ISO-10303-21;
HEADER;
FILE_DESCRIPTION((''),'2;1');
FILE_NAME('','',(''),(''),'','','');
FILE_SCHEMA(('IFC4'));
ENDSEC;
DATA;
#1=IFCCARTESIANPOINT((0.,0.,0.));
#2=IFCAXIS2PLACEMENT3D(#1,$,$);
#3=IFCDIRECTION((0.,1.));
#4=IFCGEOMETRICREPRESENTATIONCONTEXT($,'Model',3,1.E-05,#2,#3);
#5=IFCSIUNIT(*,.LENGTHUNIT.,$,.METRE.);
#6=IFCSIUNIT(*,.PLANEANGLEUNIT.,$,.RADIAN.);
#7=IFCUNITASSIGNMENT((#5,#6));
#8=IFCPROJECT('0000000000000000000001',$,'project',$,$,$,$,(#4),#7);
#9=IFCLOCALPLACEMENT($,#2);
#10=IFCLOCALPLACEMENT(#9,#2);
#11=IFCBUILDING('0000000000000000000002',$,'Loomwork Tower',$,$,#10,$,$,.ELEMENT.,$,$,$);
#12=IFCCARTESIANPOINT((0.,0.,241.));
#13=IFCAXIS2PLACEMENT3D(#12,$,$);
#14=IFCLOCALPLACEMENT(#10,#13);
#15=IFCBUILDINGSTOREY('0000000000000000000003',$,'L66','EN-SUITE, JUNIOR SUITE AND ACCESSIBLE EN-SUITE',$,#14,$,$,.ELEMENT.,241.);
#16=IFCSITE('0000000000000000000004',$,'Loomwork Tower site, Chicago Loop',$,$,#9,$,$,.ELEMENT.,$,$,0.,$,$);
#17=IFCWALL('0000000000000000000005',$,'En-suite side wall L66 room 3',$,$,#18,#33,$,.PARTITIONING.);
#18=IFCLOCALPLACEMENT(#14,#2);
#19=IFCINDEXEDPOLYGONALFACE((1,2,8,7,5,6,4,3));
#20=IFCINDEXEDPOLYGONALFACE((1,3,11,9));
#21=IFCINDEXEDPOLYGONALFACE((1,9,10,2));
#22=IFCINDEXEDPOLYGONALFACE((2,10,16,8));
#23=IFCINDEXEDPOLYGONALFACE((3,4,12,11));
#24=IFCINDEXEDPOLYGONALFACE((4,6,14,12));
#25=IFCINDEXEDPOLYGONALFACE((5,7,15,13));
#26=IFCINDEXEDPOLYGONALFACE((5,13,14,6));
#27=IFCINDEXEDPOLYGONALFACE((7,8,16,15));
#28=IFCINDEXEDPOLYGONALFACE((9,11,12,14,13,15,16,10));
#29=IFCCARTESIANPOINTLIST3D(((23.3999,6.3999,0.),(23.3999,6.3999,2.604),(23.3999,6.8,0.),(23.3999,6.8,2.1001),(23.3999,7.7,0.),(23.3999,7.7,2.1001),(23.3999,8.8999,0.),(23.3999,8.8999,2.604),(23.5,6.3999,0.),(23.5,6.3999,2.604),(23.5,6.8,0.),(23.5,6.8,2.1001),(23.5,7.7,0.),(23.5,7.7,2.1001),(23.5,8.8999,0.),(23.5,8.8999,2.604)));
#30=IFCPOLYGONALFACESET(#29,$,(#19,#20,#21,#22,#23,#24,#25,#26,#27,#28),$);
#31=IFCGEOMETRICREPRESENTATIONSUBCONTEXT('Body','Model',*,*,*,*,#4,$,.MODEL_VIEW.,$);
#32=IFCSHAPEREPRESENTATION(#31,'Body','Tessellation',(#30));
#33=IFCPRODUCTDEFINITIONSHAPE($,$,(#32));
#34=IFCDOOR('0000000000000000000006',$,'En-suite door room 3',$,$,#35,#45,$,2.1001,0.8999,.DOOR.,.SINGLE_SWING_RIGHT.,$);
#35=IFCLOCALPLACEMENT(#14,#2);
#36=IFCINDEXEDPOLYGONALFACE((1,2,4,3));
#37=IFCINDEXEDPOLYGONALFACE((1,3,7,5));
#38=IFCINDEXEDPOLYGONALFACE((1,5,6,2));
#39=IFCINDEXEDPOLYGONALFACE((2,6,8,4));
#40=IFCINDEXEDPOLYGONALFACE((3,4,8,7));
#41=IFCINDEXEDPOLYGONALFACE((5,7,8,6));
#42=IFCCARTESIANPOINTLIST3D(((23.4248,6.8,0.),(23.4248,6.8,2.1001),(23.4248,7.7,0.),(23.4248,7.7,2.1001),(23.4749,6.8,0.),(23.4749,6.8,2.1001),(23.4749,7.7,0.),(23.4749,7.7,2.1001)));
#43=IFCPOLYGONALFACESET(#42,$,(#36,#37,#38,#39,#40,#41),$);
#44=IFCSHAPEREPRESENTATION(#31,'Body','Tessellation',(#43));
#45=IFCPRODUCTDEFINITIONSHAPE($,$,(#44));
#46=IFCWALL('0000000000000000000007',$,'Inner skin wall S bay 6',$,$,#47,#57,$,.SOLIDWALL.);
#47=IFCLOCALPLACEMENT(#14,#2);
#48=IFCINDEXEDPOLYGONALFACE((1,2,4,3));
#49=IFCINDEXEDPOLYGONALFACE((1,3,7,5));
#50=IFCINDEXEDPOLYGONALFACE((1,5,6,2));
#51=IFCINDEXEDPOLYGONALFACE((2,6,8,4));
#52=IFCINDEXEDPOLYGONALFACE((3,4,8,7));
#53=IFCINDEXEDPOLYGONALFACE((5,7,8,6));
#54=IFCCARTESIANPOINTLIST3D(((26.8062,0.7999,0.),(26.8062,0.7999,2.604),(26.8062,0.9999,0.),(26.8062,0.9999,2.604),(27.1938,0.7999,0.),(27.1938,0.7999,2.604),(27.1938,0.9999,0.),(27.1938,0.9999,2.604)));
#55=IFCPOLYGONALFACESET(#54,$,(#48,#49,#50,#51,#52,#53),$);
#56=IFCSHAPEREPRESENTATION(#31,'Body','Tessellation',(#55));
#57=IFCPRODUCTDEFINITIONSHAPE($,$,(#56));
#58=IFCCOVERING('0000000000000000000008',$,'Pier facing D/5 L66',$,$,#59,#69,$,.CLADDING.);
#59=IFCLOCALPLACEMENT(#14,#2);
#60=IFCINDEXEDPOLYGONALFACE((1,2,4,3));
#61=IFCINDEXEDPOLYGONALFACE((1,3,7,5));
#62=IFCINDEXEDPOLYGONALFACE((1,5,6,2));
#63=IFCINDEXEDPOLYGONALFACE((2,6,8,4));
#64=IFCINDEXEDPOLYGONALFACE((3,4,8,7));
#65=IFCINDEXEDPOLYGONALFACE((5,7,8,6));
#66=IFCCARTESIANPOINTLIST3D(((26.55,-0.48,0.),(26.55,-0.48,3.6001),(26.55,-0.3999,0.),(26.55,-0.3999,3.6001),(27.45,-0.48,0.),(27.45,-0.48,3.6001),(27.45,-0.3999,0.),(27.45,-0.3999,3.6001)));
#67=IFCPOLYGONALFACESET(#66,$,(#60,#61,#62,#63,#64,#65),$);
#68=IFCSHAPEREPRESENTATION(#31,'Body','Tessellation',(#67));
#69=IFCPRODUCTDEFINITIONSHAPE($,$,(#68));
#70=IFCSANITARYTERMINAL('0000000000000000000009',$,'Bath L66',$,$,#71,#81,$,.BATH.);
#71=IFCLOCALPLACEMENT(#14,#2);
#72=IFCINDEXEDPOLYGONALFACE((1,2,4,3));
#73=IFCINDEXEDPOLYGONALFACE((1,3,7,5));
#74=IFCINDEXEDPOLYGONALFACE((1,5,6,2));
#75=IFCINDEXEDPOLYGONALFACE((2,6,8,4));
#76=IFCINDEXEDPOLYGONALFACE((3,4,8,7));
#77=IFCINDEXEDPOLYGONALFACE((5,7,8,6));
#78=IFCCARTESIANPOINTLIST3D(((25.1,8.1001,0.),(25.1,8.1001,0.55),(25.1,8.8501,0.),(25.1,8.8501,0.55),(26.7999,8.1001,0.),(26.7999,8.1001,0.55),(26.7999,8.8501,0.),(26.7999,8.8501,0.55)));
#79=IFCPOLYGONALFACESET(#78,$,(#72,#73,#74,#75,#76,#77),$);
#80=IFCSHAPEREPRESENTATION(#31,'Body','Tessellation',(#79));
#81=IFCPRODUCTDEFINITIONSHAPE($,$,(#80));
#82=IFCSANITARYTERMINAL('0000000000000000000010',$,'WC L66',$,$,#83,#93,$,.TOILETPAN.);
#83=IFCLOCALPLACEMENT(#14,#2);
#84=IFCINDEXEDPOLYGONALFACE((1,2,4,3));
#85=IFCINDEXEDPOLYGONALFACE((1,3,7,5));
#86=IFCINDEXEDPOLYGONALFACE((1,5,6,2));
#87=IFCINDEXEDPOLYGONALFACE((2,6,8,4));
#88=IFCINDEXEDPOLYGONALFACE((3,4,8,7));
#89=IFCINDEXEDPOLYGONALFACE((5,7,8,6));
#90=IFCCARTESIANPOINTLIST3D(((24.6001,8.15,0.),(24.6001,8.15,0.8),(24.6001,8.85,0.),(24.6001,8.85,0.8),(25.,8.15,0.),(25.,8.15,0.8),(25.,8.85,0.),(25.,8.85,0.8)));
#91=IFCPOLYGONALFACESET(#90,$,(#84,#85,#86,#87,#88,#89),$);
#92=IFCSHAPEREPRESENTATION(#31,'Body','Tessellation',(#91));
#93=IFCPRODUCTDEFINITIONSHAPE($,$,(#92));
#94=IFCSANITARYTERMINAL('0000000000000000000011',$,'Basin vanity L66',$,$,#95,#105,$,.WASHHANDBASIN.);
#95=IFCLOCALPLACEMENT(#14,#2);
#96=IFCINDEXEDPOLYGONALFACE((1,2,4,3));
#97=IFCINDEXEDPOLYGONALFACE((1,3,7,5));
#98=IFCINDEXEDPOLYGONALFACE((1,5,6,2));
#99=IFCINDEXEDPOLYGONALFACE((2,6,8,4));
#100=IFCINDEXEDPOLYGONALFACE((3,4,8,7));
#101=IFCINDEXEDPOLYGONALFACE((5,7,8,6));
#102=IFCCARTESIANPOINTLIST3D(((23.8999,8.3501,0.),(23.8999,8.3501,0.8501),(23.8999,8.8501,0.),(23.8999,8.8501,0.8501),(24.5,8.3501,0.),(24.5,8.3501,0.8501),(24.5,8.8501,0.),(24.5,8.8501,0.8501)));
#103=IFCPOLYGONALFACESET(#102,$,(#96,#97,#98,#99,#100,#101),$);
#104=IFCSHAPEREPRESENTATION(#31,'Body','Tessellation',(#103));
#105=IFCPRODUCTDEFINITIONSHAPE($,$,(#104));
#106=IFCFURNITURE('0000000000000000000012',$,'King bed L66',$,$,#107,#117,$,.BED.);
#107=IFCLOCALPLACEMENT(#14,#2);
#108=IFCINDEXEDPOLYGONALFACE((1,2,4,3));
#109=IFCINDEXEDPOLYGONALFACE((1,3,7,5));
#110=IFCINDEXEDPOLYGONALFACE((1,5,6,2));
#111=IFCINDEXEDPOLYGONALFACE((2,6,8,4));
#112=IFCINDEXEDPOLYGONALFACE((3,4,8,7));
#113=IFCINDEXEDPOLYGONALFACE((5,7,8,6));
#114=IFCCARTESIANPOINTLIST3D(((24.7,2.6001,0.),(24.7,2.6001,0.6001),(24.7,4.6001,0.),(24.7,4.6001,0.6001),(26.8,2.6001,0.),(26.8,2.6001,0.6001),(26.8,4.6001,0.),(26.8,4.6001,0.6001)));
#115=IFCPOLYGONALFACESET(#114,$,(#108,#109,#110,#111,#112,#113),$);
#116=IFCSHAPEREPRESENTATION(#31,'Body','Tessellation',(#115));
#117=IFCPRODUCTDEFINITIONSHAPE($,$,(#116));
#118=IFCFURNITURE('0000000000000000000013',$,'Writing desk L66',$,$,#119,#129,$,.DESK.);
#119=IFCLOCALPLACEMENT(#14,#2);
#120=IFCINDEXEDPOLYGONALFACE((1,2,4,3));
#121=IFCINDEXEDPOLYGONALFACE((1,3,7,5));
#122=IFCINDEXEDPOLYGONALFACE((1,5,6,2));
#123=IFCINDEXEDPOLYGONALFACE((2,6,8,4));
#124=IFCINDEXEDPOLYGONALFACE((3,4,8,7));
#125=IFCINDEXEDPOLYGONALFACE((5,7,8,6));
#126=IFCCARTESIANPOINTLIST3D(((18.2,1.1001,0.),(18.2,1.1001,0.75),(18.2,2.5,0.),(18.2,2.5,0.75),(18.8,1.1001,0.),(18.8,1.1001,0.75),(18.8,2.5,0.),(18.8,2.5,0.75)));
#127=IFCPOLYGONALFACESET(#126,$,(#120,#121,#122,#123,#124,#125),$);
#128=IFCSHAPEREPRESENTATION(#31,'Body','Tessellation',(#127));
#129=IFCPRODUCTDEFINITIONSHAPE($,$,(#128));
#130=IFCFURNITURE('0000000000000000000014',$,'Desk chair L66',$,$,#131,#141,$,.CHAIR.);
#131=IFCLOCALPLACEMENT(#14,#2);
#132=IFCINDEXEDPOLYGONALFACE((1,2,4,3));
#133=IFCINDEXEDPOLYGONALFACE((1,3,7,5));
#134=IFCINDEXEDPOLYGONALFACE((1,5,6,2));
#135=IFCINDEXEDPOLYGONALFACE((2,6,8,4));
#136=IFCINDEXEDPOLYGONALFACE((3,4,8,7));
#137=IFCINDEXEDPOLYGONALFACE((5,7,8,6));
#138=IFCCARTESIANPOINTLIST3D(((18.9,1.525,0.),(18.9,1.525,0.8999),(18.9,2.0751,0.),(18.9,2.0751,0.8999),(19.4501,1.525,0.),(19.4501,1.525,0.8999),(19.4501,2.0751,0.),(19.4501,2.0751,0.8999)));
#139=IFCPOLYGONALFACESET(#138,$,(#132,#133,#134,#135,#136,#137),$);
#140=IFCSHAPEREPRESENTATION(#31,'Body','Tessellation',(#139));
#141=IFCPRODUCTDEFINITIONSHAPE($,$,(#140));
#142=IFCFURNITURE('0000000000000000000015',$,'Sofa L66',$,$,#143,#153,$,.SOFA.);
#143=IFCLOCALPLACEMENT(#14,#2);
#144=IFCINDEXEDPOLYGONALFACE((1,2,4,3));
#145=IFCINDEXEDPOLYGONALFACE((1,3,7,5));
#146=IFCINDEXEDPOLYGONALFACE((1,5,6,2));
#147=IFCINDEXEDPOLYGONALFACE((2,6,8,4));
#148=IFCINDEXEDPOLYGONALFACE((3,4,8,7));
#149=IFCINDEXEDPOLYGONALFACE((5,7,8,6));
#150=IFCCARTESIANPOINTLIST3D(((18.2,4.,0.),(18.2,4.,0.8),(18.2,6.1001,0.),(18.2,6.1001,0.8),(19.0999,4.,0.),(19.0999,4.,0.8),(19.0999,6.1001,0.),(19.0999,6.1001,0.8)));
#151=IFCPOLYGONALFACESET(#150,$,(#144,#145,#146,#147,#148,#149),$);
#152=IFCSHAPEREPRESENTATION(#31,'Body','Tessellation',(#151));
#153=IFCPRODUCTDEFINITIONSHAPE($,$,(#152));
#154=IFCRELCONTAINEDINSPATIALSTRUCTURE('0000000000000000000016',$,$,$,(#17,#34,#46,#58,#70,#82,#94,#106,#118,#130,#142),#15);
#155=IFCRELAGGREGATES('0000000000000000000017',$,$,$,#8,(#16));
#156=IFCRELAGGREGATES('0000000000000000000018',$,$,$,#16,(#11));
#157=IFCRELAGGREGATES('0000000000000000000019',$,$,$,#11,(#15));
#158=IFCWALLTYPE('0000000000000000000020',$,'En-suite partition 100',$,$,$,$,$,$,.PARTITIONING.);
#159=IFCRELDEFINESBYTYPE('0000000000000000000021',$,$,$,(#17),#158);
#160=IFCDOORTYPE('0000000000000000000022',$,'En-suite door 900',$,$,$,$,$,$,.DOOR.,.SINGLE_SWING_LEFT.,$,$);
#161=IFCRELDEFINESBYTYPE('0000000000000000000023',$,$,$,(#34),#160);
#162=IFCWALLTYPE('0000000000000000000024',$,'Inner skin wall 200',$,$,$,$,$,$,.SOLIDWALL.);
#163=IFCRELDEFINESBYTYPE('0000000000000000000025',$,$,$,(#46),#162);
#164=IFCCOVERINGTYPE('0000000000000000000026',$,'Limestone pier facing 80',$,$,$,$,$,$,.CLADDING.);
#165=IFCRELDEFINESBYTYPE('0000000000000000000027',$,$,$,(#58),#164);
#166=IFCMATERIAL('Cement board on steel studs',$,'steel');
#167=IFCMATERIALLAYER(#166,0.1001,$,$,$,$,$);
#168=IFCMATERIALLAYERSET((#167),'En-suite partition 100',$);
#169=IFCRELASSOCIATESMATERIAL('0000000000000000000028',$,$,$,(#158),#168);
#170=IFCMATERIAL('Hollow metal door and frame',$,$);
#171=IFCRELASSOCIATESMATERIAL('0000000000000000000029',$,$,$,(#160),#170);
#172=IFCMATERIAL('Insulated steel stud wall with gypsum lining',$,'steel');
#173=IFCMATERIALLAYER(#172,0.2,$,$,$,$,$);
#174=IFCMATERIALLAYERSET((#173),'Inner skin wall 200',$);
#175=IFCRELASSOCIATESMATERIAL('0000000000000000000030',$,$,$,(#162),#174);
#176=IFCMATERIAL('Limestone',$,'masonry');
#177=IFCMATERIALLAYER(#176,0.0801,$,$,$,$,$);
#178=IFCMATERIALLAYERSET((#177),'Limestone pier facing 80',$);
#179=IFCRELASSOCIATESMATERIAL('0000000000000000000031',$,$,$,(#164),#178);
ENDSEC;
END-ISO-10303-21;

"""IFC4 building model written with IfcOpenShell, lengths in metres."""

from ifc_helpers import new_model, si_unit, direction, frame, frame_2d, origin, origin_2d, place, context, subcontext, project, spatial, rectangle, extrude, material, layer, layer_set, type_object, element, fill, save


model = new_model("IFC4")

# Units and contexts
model_context = context("Model", 3, precision=1e-05, world=origin(), true_north=direction((0.0, 1.0)))
body_context = subcontext(model_context, "Body", "Model", "MODEL_VIEW")
ifc_project = project(units=[si_unit("LENGTHUNIT", "METRE"), si_unit("PLANEANGLEUNIT", "RADIAN")], contexts=[model_context])

# Site, building, storey
site_placement = place(None, origin())
site = spatial("IfcSite", under=ifc_project, at=site_placement, Name="Loomwork Tower site, Chicago Loop", CompositionType="ELEMENT", RefElevation=0.0)
building_placement = place(site_placement, origin())
building = spatial("IfcBuilding", under=site, at=building_placement, Name="Loomwork Tower", CompositionType="ELEMENT")
storey_placement = place(building_placement, frame((0.0, 0.0, 241.0)))
storey = spatial("IfcBuildingStorey", under=building, at=storey_placement, Name="L66", Description="EN-SUITE, JUNIOR SUITE AND ACCESSIBLE EN-SUITE", CompositionType="ELEMENT", Elevation=241.0)

# Shared definitions
ifc_material_1 = material(Name="Cement board on steel studs", Category="steel")
ifc_layer_1 = layer(ifc_material_1, 0.1001)
ifc_layer_set_1 = layer_set([ifc_layer_1], Name="En-suite partition 100")
wall_type_1 = type_object("IfcWallType", Name="En-suite partition 100", PredefinedType="PARTITIONING", material=ifc_layer_set_1)

# Wall, opening, door
wall_1_placement = place(storey_placement, frame((23.45, 8.8999, 0.0), z_axis=(0.0, 0.0, 1.0), x_axis=(0.0, -1.0, 0.0)))
wall_1 = element("IfcWall", 1, at=wall_1_placement, inside=storey, type_object=wall_type_1, Name="En-suite side wall L66 room 3", PredefinedType="PARTITIONING", context=body_context, shape_type="SweptSolid", body=[
    extrude(rectangle(XDim=2.5, YDim=0.1001, at=frame_2d((1.25, 0.0))), origin(), (0.0, 0.0, 1.0), 2.604),
])
opening_1_placement = place(wall_1_placement, frame((1.2, 0.0, 0.0)))
opening_1 = element("IfcOpeningElement", 2, at=opening_1_placement, cuts=wall_1, PredefinedType="OPENING", context=body_context, shape_type="SweptSolid", body=[
    extrude(rectangle(XDim=0.8999, YDim=2.1001, at=frame_2d((0.45, 1.05))), frame((0.0, 0.0601, 0.0), z_axis=(0.0, -1.0, 0.0), x_axis=(1.0, 0.0, 0.0)), (0.0, 0.0, 1.0), 0.1201),
])
ifc_material_2 = material(Name="Hollow metal door and frame")
door_type_1 = type_object("IfcDoorType", Name="En-suite door 900", OperationType="SINGLE_SWING_LEFT", PredefinedType="DOOR", material=ifc_material_2)
door_1_placement = place(opening_1_placement, origin())
door_1 = element("IfcDoor", 3, at=door_1_placement, inside=storey, type_object=door_type_1, Name="En-suite door room 3", OperationType="SINGLE_SWING_RIGHT", OverallHeight=2.1001, OverallWidth=0.8999, PredefinedType="DOOR", context=body_context, shape_type="SweptSolid", body=[
    extrude(rectangle(XDim=0.8999, YDim=2.1001, at=frame_2d((0.45, 1.05))), frame((0.0, 0.0249, 0.0), z_axis=(0.0, -1.0, 0.0), x_axis=(1.0, 0.0, 0.0)), (0.0, 0.0, 1.0), 0.05),
])
fill(opening_1, door_1)

# Wall
ifc_material_3 = material(Name="Insulated steel stud wall with gypsum lining", Category="steel")
ifc_layer_2 = layer(ifc_material_3, 0.2)
ifc_layer_set_2 = layer_set([ifc_layer_2], Name="Inner skin wall 200")
wall_type_2 = type_object("IfcWallType", Name="Inner skin wall 200", PredefinedType="SOLIDWALL", material=ifc_layer_set_2)
wall_2_placement = place(storey_placement, frame((26.8062, 0.8999, 0.0), z_axis=(0.0, 0.0, 1.0), x_axis=(1.0, 0.0, 0.0)))
element("IfcWall", 4, at=wall_2_placement, inside=storey, type_object=wall_type_2, Name="Inner skin wall S bay 6", PredefinedType="SOLIDWALL", context=body_context, shape_type="SweptSolid", body=[
    extrude(rectangle(XDim=0.3877, YDim=0.2, at=frame_2d((0.1938, 0.0))), origin(), (0.0, 0.0, 1.0), 2.604),
])

# Covering
ifc_material_4 = material(Name="Limestone", Category="masonry")
ifc_layer_3 = layer(ifc_material_4, 0.0801)
ifc_layer_set_3 = layer_set([ifc_layer_3], Name="Limestone pier facing 80")
covering_type = type_object("IfcCoveringType", Name="Limestone pier facing 80", PredefinedType="CLADDING", material=ifc_layer_set_3)
covering_placement = place(storey_placement, frame((27.0, -0.4399, 0.0), z_axis=(0.0, 0.0, 1.0), x_axis=(1.0, 0.0, 0.0)))
element("IfcCovering", 5, at=covering_placement, inside=storey, type_object=covering_type, Name="Pier facing D/5 L66", PredefinedType="CLADDING", context=body_context, shape_type="SweptSolid", body=[
    extrude(rectangle(XDim=0.8999, YDim=0.0801, at=origin_2d()), origin(), (0.0, 0.0, 1.0), 3.6001),
])

# Sanitary terminals
sanitary_terminal_1_placement = place(storey_placement, frame((25.95, 8.4751, 0.0), z_axis=(0.0, 0.0, 1.0), x_axis=(1.0, 0.0, 0.0)))
element("IfcSanitaryTerminal", 6, at=sanitary_terminal_1_placement, inside=storey, Name="Bath L66", PredefinedType="BATH", context=body_context, shape_type="SweptSolid", body=[
    extrude(rectangle(XDim=1.7, YDim=0.75, at=origin_2d()), origin(), (0.0, 0.0, 1.0), 0.55),
])
sanitary_terminal_2_placement = place(storey_placement, frame((24.8, 8.5, 0.0), z_axis=(0.0, 0.0, 1.0), x_axis=(1.0, 0.0, 0.0)))
element("IfcSanitaryTerminal", 7, at=sanitary_terminal_2_placement, inside=storey, Name="WC L66", PredefinedType="TOILETPAN", context=body_context, shape_type="SweptSolid", body=[
    extrude(rectangle(XDim=0.3999, YDim=0.7, at=origin_2d()), origin(), (0.0, 0.0, 1.0), 0.8),
])
sanitary_terminal_3_placement = place(storey_placement, frame((24.2, 8.6001, 0.0), z_axis=(0.0, 0.0, 1.0), x_axis=(1.0, 0.0, 0.0)))
element("IfcSanitaryTerminal", 8, at=sanitary_terminal_3_placement, inside=storey, Name="Basin vanity L66", PredefinedType="WASHHANDBASIN", context=body_context, shape_type="SweptSolid", body=[
    extrude(rectangle(XDim=0.6001, YDim=0.5, at=origin_2d()), origin(), (0.0, 0.0, 1.0), 0.8501),
])

# Furniture
furniture_1_placement = place(storey_placement, frame((25.75, 3.6001, 0.0), z_axis=(0.0, 0.0, 1.0), x_axis=(1.0, 0.0, 0.0)))
element("IfcFurniture", 9, at=furniture_1_placement, inside=storey, Name="King bed L66", PredefinedType="BED", context=body_context, shape_type="SweptSolid", body=[
    extrude(rectangle(XDim=2.1001, YDim=2.0, at=origin_2d()), origin(), (0.0, 0.0, 1.0), 0.6001),
])
furniture_2_placement = place(storey_placement, frame((18.5, 1.8, 0.0), z_axis=(0.0, 0.0, 1.0), x_axis=(1.0, 0.0, 0.0)))
element("IfcFurniture", 10, at=furniture_2_placement, inside=storey, Name="Writing desk L66", PredefinedType="DESK", context=body_context, shape_type="SweptSolid", body=[
    extrude(rectangle(XDim=0.6001, YDim=1.3999, at=origin_2d()), origin(), (0.0, 0.0, 1.0), 0.75),
])
furniture_3_placement = place(storey_placement, frame((19.175, 1.8, 0.0), z_axis=(0.0, 0.0, 1.0), x_axis=(1.0, 0.0, 0.0)))
element("IfcFurniture", 11, at=furniture_3_placement, inside=storey, Name="Desk chair L66", PredefinedType="CHAIR", context=body_context, shape_type="SweptSolid", body=[
    extrude(rectangle(XDim=0.55, YDim=0.55, at=origin_2d()), origin(), (0.0, 0.0, 1.0), 0.8999),
])
furniture_4_placement = place(storey_placement, frame((18.6499, 5.05, 0.0), z_axis=(0.0, 0.0, 1.0), x_axis=(1.0, 0.0, 0.0)))
element("IfcFurniture", 12, at=furniture_4_placement, inside=storey, Name="Sofa L66", PredefinedType="SOFA", context=body_context, shape_type="SweptSolid", body=[
    extrude(rectangle(XDim=0.8999, YDim=2.1001, at=origin_2d()), origin(), (0.0, 0.0, 1.0), 0.8),
])

save(model, "model.ifc")
